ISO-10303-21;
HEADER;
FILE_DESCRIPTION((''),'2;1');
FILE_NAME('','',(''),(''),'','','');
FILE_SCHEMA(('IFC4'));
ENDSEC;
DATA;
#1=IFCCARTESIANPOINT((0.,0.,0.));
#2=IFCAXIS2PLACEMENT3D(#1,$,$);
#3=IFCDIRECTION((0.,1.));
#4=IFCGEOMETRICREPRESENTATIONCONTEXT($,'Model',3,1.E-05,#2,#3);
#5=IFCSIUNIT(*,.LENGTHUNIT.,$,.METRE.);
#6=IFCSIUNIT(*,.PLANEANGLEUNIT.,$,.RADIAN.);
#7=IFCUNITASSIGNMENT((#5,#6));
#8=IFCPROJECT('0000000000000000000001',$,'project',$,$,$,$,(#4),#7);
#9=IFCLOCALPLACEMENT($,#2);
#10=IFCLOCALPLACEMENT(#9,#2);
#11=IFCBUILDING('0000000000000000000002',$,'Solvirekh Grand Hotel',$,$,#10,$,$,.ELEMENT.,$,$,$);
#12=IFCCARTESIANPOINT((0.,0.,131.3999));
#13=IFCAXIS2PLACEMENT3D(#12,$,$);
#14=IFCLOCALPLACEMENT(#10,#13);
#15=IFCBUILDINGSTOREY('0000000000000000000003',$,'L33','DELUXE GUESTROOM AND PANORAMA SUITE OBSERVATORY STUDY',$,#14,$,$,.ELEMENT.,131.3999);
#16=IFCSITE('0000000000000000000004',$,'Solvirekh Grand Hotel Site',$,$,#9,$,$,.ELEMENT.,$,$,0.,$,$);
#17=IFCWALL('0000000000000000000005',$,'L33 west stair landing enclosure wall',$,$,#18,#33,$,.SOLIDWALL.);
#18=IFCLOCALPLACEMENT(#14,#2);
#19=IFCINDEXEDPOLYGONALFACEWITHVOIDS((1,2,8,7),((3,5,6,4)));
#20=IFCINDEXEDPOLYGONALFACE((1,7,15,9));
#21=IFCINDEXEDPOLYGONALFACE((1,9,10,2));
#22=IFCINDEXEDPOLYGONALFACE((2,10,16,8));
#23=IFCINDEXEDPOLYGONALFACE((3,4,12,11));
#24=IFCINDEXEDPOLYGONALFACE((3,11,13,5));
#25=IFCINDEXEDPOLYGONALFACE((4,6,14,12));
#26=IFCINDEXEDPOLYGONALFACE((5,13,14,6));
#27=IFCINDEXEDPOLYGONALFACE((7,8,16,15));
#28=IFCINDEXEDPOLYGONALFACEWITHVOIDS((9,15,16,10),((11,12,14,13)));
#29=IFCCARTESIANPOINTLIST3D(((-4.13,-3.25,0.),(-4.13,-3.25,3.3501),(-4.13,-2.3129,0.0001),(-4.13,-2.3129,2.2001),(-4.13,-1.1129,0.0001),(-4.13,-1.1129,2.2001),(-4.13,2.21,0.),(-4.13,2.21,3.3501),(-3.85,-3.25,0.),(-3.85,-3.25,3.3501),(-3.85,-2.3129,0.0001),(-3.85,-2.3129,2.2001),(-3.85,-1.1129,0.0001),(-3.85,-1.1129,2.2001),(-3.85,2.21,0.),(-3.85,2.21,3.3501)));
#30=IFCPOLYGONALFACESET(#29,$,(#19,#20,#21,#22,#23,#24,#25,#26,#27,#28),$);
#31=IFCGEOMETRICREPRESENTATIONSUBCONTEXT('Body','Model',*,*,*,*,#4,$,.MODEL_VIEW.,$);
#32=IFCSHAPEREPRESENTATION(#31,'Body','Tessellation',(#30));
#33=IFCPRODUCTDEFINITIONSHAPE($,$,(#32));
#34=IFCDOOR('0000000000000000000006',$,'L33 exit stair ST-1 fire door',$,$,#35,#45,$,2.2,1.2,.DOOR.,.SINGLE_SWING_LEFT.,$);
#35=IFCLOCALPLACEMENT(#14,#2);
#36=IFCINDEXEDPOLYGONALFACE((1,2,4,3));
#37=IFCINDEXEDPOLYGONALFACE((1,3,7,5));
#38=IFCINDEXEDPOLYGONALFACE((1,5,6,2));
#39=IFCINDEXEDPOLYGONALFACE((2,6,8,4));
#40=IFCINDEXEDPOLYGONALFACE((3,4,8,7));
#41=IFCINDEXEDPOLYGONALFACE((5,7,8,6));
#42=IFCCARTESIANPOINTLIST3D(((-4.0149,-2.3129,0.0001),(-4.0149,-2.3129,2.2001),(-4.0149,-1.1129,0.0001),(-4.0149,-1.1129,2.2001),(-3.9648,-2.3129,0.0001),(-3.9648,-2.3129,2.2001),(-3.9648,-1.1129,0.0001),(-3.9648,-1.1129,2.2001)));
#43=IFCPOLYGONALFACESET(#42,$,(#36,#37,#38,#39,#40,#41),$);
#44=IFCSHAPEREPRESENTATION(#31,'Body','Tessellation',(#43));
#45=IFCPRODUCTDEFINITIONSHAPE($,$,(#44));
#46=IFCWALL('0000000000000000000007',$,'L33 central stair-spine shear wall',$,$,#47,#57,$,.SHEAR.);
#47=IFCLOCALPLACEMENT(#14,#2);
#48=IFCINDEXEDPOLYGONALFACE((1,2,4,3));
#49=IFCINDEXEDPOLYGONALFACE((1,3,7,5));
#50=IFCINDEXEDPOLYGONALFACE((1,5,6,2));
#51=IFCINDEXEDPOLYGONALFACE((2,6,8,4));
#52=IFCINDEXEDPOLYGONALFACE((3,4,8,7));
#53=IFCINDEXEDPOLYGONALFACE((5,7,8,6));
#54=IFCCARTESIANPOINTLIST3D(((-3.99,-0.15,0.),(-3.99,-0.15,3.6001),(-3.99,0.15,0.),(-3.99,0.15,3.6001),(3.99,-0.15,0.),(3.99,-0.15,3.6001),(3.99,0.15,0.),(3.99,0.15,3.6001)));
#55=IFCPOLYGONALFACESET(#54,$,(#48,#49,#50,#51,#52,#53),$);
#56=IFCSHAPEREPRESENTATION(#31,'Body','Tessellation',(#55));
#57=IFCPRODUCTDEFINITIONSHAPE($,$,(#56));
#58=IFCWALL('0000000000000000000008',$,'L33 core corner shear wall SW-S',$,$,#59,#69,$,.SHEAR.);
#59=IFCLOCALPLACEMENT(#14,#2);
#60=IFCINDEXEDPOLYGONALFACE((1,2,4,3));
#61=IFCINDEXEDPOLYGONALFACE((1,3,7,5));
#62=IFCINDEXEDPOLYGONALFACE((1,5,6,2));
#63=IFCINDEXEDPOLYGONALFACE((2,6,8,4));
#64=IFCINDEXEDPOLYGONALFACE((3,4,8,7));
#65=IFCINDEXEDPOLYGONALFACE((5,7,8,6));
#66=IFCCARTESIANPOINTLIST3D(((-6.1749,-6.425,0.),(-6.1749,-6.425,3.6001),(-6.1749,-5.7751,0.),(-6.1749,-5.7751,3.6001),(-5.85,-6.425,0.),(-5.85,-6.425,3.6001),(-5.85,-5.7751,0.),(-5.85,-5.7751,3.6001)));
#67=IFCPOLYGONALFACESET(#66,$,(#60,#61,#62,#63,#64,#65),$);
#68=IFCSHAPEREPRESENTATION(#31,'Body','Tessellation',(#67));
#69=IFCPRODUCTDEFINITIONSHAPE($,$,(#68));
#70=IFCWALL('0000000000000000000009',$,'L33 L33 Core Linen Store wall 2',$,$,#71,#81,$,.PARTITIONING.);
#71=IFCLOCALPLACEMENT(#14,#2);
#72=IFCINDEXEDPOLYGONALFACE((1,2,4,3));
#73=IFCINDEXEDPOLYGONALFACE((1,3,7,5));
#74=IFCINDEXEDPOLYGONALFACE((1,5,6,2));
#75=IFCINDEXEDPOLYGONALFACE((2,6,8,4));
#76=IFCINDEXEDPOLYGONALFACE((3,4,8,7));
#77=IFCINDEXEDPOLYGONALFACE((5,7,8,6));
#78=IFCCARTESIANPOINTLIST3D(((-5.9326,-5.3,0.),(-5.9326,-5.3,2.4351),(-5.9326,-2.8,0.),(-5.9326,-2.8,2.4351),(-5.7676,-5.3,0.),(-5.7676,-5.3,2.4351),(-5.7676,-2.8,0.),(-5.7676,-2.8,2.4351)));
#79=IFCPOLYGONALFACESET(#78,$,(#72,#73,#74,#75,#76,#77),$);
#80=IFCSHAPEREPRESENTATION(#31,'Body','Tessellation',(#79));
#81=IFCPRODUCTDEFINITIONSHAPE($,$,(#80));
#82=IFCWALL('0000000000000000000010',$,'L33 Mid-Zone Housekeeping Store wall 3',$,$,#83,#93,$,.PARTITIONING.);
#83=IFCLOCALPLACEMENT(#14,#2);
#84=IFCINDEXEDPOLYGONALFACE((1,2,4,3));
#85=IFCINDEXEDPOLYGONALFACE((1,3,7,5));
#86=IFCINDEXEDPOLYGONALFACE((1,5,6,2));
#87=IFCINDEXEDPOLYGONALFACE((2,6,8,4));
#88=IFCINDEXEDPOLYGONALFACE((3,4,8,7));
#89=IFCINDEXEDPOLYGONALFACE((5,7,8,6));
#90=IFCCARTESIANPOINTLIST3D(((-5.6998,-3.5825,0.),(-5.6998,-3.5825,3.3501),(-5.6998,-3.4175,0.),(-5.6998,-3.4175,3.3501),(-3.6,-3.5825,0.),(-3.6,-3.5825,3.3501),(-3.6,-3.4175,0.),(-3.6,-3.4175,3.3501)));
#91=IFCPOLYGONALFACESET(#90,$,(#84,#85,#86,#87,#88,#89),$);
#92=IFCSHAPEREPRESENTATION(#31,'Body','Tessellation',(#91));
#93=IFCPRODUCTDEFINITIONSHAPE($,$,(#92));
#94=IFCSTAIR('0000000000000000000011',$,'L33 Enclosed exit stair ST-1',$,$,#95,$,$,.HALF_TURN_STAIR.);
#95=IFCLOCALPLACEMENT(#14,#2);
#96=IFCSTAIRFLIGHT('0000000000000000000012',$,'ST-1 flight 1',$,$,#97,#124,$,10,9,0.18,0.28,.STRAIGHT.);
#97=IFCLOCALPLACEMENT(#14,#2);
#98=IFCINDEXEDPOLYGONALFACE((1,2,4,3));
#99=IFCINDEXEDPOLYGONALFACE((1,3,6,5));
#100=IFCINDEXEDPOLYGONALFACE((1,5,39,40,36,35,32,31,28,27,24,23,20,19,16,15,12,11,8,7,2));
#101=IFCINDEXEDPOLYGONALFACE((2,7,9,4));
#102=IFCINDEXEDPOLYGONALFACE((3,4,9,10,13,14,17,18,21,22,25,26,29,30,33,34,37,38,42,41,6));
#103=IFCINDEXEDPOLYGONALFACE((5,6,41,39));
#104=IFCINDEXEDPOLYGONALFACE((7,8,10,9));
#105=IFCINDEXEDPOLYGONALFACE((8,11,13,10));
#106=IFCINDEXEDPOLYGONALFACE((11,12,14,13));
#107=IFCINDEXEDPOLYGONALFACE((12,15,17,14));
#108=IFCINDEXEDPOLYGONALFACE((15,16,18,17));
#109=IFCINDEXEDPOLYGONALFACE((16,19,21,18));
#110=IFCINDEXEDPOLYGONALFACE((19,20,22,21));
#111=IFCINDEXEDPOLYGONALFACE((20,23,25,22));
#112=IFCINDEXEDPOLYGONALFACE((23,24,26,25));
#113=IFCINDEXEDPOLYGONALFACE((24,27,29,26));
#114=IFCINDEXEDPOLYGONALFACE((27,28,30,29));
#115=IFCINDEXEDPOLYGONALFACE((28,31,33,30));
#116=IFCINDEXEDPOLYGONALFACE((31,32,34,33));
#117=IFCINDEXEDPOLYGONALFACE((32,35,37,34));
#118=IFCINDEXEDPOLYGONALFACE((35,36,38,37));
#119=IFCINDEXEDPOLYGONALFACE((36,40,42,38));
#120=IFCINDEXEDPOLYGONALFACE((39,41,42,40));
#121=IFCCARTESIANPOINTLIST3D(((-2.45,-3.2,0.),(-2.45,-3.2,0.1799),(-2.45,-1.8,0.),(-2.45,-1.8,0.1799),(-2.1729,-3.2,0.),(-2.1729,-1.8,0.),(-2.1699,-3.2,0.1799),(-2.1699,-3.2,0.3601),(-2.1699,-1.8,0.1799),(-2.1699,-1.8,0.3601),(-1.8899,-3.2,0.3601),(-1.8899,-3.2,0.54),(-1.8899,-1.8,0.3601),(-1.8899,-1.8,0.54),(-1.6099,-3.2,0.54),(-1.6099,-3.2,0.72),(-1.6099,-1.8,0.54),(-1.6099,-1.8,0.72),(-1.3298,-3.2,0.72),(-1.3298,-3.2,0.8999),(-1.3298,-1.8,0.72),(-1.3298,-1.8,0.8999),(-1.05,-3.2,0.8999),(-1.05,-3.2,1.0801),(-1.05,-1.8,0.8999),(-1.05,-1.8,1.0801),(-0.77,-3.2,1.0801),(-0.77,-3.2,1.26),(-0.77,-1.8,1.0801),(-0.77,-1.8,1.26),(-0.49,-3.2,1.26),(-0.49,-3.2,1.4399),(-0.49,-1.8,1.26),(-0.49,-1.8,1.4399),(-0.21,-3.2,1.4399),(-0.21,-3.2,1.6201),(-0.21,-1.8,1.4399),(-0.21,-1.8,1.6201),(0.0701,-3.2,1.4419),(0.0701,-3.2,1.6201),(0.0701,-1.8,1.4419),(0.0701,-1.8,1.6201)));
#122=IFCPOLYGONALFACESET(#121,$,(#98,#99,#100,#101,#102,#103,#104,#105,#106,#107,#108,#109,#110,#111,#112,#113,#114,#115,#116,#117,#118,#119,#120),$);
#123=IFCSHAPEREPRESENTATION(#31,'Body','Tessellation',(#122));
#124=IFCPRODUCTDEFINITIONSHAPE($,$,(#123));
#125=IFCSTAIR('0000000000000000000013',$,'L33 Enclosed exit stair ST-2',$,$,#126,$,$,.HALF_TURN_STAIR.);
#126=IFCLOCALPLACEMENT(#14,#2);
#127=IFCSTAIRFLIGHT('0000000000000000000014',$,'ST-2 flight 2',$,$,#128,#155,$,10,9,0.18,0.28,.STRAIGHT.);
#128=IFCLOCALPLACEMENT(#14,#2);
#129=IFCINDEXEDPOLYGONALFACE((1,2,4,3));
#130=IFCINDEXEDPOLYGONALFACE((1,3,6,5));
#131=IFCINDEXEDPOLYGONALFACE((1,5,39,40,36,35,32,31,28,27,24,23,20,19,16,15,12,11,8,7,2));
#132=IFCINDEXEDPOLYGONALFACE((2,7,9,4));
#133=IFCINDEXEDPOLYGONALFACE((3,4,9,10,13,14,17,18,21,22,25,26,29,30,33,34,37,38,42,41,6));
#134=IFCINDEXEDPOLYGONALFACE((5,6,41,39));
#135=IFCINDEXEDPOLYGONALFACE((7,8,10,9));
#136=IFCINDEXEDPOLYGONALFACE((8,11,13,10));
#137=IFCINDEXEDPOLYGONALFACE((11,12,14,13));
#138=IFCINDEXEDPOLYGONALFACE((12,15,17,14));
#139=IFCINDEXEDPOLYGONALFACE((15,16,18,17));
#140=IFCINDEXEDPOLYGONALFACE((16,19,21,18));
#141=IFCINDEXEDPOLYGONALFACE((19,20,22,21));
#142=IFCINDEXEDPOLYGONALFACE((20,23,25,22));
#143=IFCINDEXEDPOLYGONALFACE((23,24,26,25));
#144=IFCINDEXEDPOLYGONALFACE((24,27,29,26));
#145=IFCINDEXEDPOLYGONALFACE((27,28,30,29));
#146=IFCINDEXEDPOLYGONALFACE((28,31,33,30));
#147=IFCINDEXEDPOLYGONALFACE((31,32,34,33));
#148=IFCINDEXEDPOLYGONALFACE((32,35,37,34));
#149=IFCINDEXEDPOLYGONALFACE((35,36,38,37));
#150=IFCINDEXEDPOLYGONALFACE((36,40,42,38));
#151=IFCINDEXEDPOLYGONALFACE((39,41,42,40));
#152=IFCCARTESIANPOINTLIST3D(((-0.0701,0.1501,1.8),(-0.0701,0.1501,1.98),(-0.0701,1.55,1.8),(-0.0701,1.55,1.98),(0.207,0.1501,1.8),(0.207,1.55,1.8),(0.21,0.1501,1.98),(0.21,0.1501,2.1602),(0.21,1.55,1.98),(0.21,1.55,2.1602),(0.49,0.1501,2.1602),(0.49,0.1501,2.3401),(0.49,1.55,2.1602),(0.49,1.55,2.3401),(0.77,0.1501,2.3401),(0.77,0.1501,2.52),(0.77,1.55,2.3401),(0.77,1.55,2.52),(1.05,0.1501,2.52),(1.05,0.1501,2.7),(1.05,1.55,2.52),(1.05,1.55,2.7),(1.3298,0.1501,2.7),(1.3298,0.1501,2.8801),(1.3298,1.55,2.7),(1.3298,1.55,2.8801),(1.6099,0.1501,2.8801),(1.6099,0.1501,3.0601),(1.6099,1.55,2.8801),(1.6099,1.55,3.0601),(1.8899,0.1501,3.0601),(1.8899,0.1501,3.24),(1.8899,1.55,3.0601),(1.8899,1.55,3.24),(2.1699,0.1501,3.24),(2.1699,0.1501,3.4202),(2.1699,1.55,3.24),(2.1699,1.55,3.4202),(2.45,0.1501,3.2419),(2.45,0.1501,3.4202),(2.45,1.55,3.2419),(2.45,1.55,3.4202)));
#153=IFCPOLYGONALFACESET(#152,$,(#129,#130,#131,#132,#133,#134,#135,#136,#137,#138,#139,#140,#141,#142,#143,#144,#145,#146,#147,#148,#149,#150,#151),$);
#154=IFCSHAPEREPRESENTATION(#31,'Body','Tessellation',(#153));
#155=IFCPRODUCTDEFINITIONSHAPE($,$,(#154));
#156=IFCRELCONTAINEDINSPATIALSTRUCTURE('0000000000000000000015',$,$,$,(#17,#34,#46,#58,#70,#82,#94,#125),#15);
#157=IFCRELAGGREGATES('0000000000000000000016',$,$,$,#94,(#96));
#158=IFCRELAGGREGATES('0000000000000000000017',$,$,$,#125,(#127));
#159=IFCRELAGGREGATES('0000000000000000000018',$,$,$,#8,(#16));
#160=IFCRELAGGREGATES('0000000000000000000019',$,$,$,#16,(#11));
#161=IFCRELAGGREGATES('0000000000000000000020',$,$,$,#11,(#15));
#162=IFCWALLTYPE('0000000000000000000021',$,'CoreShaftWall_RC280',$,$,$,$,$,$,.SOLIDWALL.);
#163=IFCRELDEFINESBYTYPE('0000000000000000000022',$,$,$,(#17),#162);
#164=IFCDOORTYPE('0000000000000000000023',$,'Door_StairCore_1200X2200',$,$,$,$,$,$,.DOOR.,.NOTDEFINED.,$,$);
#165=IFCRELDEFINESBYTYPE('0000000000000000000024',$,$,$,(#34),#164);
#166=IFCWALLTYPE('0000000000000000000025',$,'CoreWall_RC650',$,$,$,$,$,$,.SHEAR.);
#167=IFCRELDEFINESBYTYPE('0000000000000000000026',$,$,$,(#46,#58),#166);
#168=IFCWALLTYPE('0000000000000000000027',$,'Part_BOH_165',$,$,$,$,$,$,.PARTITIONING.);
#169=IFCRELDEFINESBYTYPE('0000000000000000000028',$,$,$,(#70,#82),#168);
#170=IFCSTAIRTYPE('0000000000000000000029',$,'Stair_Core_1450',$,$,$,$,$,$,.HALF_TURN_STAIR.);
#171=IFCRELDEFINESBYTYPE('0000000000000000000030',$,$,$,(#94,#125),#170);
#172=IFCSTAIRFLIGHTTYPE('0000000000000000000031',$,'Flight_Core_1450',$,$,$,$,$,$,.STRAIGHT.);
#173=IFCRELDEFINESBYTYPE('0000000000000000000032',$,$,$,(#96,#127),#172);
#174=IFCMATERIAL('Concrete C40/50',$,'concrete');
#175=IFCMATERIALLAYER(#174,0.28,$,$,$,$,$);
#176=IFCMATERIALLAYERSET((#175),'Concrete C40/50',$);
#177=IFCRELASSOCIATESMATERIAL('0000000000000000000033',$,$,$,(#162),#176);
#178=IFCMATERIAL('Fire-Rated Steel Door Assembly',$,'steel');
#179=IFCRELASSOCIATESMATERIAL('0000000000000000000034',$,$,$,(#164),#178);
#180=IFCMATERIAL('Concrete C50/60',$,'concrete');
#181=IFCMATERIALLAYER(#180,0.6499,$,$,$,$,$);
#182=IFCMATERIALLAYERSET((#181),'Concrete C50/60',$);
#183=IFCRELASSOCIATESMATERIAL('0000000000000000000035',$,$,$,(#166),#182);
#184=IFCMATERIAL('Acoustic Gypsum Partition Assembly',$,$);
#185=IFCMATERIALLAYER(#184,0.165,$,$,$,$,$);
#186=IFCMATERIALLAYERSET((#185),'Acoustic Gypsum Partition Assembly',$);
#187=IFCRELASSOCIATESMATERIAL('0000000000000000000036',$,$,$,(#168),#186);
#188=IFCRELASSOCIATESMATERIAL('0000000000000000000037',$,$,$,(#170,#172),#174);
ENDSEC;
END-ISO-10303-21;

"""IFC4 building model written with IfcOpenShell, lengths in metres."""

from ifc_helpers import new_model, si_unit, direction, frame, frame_2d, origin, place, context, subcontext, project, spatial, polyline, rectangle, outline, extrude, material, layer, layer_set, type_object, element, fill, aggregate, save


model = new_model("IFC4")

# Units and contexts
model_context = context("Model", 3, precision=1e-05, world=origin(), true_north=direction((0.0, 1.0)))
body_context = subcontext(model_context, "Body", "Model", "MODEL_VIEW")
ifc_project = project(units=[si_unit("LENGTHUNIT", "METRE"), si_unit("PLANEANGLEUNIT", "RADIAN")], contexts=[model_context])

# Site, building, storey
site_placement = place(None, origin())
site = spatial("IfcSite", under=ifc_project, at=site_placement, Name="Solvirekh Grand Hotel Site", CompositionType="ELEMENT", RefElevation=0.0)
building_placement = place(site_placement, origin())
building = spatial("IfcBuilding", under=site, at=building_placement, Name="Solvirekh Grand Hotel", CompositionType="ELEMENT")
storey_placement = place(building_placement, frame((0.0, 0.0, 131.3999)))
storey = spatial("IfcBuildingStorey", under=building, at=storey_placement, Name="L33", Description="DELUXE GUESTROOM AND PANORAMA SUITE OBSERVATORY STUDY", CompositionType="ELEMENT", Elevation=131.3999)

# Shared definitions
ifc_material_1 = material(Name="Concrete C50/60", Category="concrete")

# Shared definitions
ifc_material_2 = material(Name="Concrete C40/50", Category="concrete")
ifc_layer_1 = layer(ifc_material_2, 0.28)
ifc_layer_set_1 = layer_set([ifc_layer_1], Name="Concrete C40/50")
wall_type_1 = type_object("IfcWallType", Name="CoreShaftWall_RC280", PredefinedType="SOLIDWALL", material=ifc_layer_set_1)
ifc_material_3 = material(Name="Fire-Rated Steel Door Assembly", Category="steel")

# Wall, opening, door
wall_1_placement = place(storey_placement, frame((-3.99, -3.25, 0.0), z_axis=(0.0, 0.0, 1.0), x_axis=(0.0, 1.0, 0.0)))
wall_1 = element("IfcWall", 1, at=wall_1_placement, inside=storey, type_object=wall_type_1, Name="L33 west stair landing enclosure wall", PredefinedType="SOLIDWALL", context=body_context, shape_type="SweptSolid", body=[
    extrude(rectangle(XDim=5.46, YDim=0.28, at=frame_2d((2.73, 0.0))), origin(), (0.0, 0.0, 1.0), 3.3501),
])
opening_1_placement = place(wall_1_placement, frame((0.937, 0.0, 0.0)))
opening_1 = element("IfcOpeningElement", 2, at=opening_1_placement, cuts=wall_1, PredefinedType="OPENING", context=body_context, shape_type="SweptSolid", body=[
    extrude(rectangle(XDim=1.2, YDim=2.2, at=frame_2d((0.6001, 1.1001))), frame((0.0, 0.1499, 0.0), z_axis=(0.0, -1.0, 0.0), x_axis=(1.0, 0.0, 0.0)), (0.0, 0.0, 1.0), 0.3),
])
door_type_1 = type_object("IfcDoorType", Name="Door_StairCore_1200X2200", OperationType="NOTDEFINED", PredefinedType="DOOR", material=ifc_material_3)
door_1_placement = place(opening_1_placement, origin())
door_1 = element("IfcDoor", 3, at=door_1_placement, inside=storey, type_object=door_type_1, Name="L33 exit stair ST-1 fire door", OperationType="SINGLE_SWING_LEFT", OverallHeight=2.2, OverallWidth=1.2, PredefinedType="DOOR", context=body_context, shape_type="SweptSolid", body=[
    extrude(rectangle(XDim=1.2, YDim=2.2, at=frame_2d((0.6001, 1.1001))), frame((0.0, 0.0249, 0.0), z_axis=(0.0, -1.0, 0.0), x_axis=(1.0, 0.0, 0.0)), (0.0, 0.0, 1.0), 0.05),
])
fill(opening_1, door_1)

# Walls
ifc_layer_2 = layer(ifc_material_1, 0.6499)
ifc_layer_set_2 = layer_set([ifc_layer_2], Name="Concrete C50/60")
wall_type_2 = type_object("IfcWallType", Name="CoreWall_RC650", PredefinedType="SHEAR", material=ifc_layer_set_2)
wall_2_placement = place(storey_placement, frame((-3.99, 0.0, 0.0), z_axis=(0.0, 0.0, 1.0), x_axis=(1.0, 0.0, 0.0)))
element("IfcWall", 4, at=wall_2_placement, inside=storey, type_object=wall_type_2, Name="L33 central stair-spine shear wall", PredefinedType="SHEAR", context=body_context, shape_type="SweptSolid", body=[
    extrude(rectangle(XDim=7.98, YDim=0.3, at=frame_2d((3.99, 0.0))), origin(), (0.0, 0.0, 1.0), 3.6001),
])
wall_3_placement = place(storey_placement, frame((-6.175, -6.1001, 0.0), z_axis=(0.0, 0.0, 1.0), x_axis=(1.0, 0.0, 0.0)))
element("IfcWall", 5, at=wall_3_placement, inside=storey, type_object=wall_type_2, Name="L33 core corner shear wall SW-S", PredefinedType="SHEAR", context=body_context, shape_type="SweptSolid", body=[
    extrude(rectangle(XDim=0.325, YDim=0.6499, at=frame_2d((0.1626, 0.0))), origin(), (0.0, 0.0, 1.0), 3.6001),
])
ifc_material_4 = material(Name="Acoustic Gypsum Partition Assembly")
ifc_layer_3 = layer(ifc_material_4, 0.165)
ifc_layer_set_3 = layer_set([ifc_layer_3], Name="Acoustic Gypsum Partition Assembly")
wall_type_3 = type_object("IfcWallType", Name="Part_BOH_165", PredefinedType="PARTITIONING", material=ifc_layer_set_3)
wall_4_placement = place(storey_placement, frame((-5.8501, -5.3, 0.0), z_axis=(0.0, 0.0, 1.0), x_axis=(0.0, 1.0, 0.0)))
element("IfcWall", 6, at=wall_4_placement, inside=storey, type_object=wall_type_3, Name="L33 L33 Core Linen Store wall 2", PredefinedType="PARTITIONING", context=body_context, shape_type="SweptSolid", body=[
    extrude(rectangle(XDim=2.5, YDim=0.165, at=frame_2d((1.25, 0.0))), origin(), (0.0, 0.0, 1.0), 2.4351),
])
wall_5_placement = place(storey_placement, frame((-3.6001, -3.5, 0.0), z_axis=(0.0, 0.0, 1.0), x_axis=(-1.0, 0.0, 0.0)))
element("IfcWall", 7, at=wall_5_placement, inside=storey, type_object=wall_type_3, Name="L33 Mid-Zone Housekeeping Store wall 3", PredefinedType="PARTITIONING", context=body_context, shape_type="SweptSolid", body=[
    extrude(rectangle(XDim=2.0999, YDim=0.165, at=frame_2d((1.0498, 0.0))), origin(), (0.0, 0.0, 1.0), 3.3501),
])

# Stairs, stair flights
stair_type = type_object("IfcStairType", Name="Stair_Core_1450", PredefinedType="HALF_TURN_STAIR", material=ifc_material_2)
stair_1_placement = place(storey_placement, origin())
stair_1 = element("IfcStair", 8, at=stair_1_placement, inside=storey, type_object=stair_type, Name="L33 Enclosed exit stair ST-1", PredefinedType="HALF_TURN_STAIR")
stair_flight_type = type_object("IfcStairFlightType", Name="Flight_Core_1450", PredefinedType="STRAIGHT", material=ifc_material_2)
stair_flight_1_placement = place(storey_placement, frame((-2.45, -2.5, 0.0), z_axis=(0.0, 0.0, 1.0), x_axis=(1.0, 0.0, 0.0)))
stair_flight_1 = element("IfcStairFlight", 9, at=stair_flight_1_placement, type_object=stair_flight_type, Name="ST-1 flight 1", NumberOfRisers=10, NumberOfTreads=9, PredefinedType="STRAIGHT", RiserHeight=0.18, TreadLength=0.28, context=body_context, shape_type="SweptSolid", body=[
    extrude(outline(polyline([(0.0, 0.0), (0.0, 0.1799), (0.28, 0.1799), (0.28, 0.3601), (0.5601, 0.3601), (0.5601, 0.54), (0.8401, 0.54), (0.8401, 0.72), (1.1201, 0.72), (1.1201, 0.8999), (1.3999, 0.8999), (1.3999, 1.0801), (1.6799, 1.0801), (1.6799, 1.26), (1.96, 1.26), (1.96, 1.4399), (2.24, 1.4399), (2.24, 1.6201), (2.52, 1.6201), (2.52, 1.8), (2.52, 1.4419), (0.2771, 0.0), (0.0, 0.0)])), frame((0.0, 0.7, 0.0), z_axis=(0.0, -1.0, 0.0), x_axis=(1.0, 0.0, 0.0)), (0.0, 0.0, 1.0), 1.3999),
])
aggregate(stair_1, [stair_flight_1])
stair_2_placement = place(storey_placement, origin())
stair_2 = element("IfcStair", 10, at=stair_2_placement, inside=storey, type_object=stair_type, Name="L33 Enclosed exit stair ST-2", PredefinedType="HALF_TURN_STAIR")
stair_flight_2_placement = place(storey_placement, frame((-0.0701, 0.8501, 1.8), z_axis=(0.0, 0.0, 1.0), x_axis=(1.0, 0.0, 0.0)))
stair_flight_2 = element("IfcStairFlight", 11, at=stair_flight_2_placement, type_object=stair_flight_type, Name="ST-2 flight 2", NumberOfRisers=10, NumberOfTreads=9, PredefinedType="STRAIGHT", RiserHeight=0.18, TreadLength=0.28, context=body_context, shape_type="SweptSolid", body=[
    extrude(outline(polyline([(0.0, 0.0), (0.0, 0.1799), (0.28, 0.1799), (0.28, 0.3601), (0.5601, 0.3601), (0.5601, 0.54), (0.8401, 0.54), (0.8401, 0.72), (1.1201, 0.72), (1.1201, 0.8999), (1.3999, 0.8999), (1.3999, 1.0801), (1.6799, 1.0801), (1.6799, 1.26), (1.96, 1.26), (1.96, 1.4399), (2.24, 1.4399), (2.24, 1.6201), (2.52, 1.6201), (2.52, 1.8), (2.52, 1.4419), (0.2771, 0.0), (0.0, 0.0)])), frame((0.0, 0.7, 0.0), z_axis=(0.0, -1.0, 0.0), x_axis=(1.0, 0.0, 0.0)), (0.0, 0.0, 1.0), 1.3999),
])
aggregate(stair_2, [stair_flight_2])

save(model, "model.ifc")
